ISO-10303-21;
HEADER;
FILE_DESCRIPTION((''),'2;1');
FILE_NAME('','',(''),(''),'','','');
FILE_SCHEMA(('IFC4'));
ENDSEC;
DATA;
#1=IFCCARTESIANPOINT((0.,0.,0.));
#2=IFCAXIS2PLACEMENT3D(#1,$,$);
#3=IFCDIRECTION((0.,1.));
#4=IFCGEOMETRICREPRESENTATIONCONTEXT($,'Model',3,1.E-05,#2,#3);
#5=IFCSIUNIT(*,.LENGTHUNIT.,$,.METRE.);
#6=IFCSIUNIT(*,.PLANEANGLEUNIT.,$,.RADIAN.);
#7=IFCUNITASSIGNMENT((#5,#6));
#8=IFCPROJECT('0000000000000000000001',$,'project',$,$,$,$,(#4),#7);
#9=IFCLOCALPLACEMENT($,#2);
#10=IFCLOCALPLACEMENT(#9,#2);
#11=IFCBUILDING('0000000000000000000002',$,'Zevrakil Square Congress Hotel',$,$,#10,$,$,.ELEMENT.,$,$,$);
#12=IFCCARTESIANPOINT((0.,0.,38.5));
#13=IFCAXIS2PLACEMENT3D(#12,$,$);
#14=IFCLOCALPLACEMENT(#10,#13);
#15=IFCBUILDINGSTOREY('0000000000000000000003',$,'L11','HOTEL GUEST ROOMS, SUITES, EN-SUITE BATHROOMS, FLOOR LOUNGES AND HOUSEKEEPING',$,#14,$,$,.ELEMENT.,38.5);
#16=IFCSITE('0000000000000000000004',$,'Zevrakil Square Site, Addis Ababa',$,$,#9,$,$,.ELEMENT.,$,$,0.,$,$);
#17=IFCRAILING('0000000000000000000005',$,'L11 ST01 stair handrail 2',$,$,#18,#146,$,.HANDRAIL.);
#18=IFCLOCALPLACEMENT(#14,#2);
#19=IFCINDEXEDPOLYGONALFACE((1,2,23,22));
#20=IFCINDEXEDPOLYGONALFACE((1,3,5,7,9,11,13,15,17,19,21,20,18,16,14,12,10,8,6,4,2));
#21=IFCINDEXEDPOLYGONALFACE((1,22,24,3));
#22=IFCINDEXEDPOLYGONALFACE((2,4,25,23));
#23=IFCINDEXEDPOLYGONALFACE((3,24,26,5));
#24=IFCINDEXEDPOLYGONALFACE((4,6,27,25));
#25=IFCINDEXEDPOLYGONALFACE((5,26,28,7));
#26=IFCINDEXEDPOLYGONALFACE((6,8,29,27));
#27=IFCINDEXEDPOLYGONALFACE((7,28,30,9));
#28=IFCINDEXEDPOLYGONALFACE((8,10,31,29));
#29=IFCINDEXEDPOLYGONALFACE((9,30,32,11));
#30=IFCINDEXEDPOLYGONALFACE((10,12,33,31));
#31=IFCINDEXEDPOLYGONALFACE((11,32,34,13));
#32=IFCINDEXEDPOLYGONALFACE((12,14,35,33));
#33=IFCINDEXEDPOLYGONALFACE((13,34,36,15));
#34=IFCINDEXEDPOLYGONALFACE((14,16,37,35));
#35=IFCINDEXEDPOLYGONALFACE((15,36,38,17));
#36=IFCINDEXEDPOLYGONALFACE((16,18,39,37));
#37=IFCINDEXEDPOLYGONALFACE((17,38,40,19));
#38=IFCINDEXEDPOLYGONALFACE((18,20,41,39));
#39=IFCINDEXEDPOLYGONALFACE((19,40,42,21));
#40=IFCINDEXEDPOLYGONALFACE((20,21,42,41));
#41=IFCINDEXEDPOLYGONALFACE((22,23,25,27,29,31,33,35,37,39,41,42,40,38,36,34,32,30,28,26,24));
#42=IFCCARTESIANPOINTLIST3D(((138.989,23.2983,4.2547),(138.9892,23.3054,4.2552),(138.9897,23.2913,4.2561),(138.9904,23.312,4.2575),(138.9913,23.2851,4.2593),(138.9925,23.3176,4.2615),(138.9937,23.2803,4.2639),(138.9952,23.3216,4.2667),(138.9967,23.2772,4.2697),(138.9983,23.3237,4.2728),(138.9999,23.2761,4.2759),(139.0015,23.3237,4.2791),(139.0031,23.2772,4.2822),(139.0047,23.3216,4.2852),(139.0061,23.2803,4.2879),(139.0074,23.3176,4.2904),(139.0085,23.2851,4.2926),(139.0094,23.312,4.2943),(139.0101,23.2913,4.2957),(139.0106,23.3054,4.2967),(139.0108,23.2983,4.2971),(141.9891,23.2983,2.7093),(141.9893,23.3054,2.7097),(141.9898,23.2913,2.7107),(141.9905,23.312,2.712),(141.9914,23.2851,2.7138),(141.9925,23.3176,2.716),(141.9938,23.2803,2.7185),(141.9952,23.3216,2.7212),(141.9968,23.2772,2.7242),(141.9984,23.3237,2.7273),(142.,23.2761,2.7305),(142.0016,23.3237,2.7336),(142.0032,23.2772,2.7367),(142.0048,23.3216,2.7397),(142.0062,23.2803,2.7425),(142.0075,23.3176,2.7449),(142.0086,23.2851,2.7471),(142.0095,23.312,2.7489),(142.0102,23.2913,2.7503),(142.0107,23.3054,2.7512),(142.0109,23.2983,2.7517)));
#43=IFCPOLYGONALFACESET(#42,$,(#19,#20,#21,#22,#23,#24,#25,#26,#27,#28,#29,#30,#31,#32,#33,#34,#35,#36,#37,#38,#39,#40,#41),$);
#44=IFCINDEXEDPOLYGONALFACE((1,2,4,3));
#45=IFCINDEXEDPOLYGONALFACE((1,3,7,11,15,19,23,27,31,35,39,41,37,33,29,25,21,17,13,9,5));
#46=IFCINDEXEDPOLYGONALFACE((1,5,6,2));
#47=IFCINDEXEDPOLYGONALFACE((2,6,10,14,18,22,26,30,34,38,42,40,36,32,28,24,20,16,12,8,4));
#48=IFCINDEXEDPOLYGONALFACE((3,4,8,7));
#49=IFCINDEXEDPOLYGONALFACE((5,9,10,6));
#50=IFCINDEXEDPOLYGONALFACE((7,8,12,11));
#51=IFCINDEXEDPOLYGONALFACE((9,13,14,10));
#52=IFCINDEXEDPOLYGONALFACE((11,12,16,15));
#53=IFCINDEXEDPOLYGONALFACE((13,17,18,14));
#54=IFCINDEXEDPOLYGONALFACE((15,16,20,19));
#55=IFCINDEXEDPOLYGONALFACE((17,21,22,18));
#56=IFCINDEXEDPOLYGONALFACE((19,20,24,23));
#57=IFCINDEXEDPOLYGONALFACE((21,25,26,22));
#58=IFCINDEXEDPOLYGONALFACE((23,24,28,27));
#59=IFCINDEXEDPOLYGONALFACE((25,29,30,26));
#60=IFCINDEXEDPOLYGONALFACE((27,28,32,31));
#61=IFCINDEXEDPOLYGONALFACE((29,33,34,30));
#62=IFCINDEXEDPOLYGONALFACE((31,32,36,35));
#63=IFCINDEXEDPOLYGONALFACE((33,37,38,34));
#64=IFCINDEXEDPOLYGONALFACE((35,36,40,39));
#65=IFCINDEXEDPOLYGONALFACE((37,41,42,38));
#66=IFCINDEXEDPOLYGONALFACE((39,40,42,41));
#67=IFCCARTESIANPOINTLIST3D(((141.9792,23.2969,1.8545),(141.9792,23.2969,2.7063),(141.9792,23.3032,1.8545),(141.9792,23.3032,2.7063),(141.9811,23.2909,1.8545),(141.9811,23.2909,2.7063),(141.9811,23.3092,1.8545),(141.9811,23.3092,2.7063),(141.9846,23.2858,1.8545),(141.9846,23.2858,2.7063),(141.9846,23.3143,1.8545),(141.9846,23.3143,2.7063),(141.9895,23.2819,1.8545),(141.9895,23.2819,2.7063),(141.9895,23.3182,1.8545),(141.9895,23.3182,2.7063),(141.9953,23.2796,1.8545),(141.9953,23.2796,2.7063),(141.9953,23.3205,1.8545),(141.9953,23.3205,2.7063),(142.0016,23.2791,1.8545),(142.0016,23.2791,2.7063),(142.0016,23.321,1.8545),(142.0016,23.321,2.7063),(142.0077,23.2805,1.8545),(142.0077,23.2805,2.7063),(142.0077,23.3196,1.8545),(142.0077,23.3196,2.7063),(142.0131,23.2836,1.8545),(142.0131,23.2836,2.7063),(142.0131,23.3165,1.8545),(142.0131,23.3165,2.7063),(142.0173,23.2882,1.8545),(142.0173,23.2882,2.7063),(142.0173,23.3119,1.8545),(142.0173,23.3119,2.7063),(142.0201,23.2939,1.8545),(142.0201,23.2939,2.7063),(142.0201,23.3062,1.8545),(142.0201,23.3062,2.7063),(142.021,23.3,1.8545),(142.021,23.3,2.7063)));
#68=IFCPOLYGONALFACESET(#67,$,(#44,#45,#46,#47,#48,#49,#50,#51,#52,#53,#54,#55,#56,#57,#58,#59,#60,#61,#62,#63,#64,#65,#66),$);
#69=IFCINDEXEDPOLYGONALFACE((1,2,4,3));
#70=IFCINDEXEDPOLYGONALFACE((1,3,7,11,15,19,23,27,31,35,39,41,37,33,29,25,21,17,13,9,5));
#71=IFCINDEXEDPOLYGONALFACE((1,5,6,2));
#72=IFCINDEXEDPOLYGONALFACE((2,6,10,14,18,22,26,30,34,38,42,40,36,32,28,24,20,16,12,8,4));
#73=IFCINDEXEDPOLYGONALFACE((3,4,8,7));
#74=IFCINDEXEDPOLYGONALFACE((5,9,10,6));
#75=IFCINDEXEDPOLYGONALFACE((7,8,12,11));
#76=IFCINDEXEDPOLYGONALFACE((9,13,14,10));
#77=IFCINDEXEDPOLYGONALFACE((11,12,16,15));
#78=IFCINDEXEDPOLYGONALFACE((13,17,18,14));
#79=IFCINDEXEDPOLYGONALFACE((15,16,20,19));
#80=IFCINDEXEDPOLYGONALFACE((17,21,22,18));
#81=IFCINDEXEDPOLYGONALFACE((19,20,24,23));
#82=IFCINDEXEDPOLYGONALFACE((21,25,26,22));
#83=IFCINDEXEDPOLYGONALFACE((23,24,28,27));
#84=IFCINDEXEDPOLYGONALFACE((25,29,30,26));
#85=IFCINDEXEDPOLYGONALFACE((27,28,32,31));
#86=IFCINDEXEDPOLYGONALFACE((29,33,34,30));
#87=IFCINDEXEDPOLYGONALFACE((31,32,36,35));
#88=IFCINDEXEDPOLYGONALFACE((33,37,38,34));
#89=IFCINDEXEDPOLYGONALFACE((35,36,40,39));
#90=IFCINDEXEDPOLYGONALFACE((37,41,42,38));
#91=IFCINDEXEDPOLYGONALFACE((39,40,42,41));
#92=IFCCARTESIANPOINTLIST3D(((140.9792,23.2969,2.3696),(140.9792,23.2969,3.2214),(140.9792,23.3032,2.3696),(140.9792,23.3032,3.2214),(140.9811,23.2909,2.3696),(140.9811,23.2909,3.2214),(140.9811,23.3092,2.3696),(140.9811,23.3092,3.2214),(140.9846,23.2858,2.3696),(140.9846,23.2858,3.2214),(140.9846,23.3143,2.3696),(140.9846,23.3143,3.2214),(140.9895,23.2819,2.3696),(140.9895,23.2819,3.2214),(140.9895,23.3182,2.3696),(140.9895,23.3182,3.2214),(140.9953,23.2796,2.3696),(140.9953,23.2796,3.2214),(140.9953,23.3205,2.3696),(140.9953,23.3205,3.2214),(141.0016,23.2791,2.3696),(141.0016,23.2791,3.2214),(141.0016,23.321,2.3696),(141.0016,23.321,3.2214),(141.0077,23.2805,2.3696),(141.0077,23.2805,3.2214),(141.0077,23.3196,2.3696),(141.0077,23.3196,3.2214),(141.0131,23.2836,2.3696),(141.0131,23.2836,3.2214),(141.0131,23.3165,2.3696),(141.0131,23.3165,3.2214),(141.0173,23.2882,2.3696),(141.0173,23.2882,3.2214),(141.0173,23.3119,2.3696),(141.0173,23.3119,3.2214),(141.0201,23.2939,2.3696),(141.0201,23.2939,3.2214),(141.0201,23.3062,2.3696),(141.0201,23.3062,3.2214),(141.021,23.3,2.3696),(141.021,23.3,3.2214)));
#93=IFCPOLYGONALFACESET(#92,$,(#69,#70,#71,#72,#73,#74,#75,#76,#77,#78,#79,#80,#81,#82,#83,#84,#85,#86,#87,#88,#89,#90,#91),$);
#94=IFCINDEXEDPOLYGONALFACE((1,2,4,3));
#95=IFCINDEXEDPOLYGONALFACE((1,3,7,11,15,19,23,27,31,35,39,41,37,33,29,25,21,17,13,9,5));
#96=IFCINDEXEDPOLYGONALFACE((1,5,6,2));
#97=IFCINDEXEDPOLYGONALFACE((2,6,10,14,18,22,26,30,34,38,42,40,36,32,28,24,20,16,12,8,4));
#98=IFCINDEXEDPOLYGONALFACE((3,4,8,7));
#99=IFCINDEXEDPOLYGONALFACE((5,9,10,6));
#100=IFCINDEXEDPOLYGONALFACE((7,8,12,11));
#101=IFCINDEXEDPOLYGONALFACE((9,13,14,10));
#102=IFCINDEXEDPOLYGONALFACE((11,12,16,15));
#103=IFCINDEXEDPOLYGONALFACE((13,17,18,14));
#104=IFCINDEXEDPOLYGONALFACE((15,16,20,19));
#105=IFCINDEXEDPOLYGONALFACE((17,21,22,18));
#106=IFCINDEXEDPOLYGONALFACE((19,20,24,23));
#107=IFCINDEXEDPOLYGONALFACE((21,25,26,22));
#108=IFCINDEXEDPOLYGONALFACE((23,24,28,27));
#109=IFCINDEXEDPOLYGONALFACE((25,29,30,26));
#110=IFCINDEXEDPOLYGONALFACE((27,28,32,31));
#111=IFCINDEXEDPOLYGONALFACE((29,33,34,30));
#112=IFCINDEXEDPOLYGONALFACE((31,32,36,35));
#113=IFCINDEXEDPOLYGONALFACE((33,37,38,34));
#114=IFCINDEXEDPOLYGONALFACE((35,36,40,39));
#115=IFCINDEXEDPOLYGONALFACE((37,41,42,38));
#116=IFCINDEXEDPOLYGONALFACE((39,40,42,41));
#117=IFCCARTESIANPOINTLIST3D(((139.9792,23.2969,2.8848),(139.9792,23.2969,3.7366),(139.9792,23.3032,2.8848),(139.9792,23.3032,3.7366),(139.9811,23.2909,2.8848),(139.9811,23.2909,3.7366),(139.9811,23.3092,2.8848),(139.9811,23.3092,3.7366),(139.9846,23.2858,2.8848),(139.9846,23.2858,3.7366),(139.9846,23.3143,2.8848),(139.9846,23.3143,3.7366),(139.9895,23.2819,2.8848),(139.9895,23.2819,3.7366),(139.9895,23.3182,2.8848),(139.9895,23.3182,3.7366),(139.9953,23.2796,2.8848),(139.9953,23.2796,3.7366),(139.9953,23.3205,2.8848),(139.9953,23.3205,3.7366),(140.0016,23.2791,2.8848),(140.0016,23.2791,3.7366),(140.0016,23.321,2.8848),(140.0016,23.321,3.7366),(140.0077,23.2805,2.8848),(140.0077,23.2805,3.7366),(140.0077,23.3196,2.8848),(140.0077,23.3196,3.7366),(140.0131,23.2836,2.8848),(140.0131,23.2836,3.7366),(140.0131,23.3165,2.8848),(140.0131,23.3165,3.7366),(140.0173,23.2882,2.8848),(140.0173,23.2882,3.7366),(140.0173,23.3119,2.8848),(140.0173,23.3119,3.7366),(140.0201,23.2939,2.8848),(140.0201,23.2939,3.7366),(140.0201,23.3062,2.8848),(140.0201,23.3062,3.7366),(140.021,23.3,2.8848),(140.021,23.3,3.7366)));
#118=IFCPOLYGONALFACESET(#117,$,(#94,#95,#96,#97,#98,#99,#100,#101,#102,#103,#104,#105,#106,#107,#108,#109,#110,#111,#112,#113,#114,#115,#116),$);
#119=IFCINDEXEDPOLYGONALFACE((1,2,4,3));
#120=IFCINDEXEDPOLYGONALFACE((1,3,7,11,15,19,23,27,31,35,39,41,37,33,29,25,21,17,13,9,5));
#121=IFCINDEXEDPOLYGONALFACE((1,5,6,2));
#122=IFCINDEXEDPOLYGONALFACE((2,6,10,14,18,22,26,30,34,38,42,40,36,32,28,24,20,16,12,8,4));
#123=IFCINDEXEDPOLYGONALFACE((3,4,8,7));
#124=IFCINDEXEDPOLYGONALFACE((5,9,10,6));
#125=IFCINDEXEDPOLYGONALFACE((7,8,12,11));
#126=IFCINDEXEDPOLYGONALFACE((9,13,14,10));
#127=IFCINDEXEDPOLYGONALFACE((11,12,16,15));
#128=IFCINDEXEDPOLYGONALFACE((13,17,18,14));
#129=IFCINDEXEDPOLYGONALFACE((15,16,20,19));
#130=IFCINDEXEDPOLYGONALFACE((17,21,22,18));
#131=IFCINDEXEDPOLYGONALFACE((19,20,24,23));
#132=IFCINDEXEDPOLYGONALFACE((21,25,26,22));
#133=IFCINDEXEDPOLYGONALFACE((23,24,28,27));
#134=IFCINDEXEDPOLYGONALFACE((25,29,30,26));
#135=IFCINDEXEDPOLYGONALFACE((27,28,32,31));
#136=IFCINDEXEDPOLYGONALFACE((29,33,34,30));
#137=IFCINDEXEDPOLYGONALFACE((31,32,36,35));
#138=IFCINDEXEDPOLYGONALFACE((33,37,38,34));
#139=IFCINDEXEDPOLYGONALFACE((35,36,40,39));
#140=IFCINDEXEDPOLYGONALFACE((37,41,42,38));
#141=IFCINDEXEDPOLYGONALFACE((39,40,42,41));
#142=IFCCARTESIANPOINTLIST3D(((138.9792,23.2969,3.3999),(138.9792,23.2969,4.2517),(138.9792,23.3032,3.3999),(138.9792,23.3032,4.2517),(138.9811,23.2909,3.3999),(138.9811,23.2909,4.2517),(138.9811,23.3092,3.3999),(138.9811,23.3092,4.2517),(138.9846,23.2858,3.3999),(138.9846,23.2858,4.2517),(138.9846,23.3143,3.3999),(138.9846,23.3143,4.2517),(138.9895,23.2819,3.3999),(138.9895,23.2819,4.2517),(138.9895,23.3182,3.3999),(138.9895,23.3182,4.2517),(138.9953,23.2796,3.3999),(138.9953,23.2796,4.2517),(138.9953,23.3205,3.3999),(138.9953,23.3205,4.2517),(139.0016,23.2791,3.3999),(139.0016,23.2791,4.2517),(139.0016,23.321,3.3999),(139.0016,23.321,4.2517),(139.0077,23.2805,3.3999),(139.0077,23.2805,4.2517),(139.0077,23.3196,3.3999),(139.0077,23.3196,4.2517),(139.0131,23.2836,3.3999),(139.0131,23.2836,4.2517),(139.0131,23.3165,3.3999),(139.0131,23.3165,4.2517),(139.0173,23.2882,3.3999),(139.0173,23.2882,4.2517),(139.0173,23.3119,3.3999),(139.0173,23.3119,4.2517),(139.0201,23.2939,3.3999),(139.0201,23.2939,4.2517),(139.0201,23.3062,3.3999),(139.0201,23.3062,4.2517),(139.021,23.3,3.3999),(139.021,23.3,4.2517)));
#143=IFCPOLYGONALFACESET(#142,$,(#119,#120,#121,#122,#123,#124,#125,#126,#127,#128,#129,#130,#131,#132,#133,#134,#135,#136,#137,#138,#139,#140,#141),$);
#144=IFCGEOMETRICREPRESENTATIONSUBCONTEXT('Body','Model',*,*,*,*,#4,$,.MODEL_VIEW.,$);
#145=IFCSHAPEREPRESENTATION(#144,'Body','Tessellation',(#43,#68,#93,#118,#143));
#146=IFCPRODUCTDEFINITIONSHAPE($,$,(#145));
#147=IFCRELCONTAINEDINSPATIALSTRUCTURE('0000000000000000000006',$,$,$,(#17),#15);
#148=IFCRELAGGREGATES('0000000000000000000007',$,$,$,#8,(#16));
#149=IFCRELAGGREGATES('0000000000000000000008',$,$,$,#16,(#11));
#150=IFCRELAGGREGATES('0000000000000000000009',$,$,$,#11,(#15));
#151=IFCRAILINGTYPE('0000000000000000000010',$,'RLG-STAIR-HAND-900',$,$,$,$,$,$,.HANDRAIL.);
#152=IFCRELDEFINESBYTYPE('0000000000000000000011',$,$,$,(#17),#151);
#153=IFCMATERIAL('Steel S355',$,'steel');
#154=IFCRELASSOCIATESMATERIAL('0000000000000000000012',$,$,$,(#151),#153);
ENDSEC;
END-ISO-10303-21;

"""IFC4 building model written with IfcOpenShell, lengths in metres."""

from ifc_helpers import new_model, si_unit, direction, frame, origin, origin_2d, place, context, subcontext, project, spatial, circle, extrude, material, type_object, element, save


model = new_model("IFC4")

# Units and contexts
model_context = context("Model", 3, precision=1e-05, world=origin(), true_north=direction((0.0, 1.0)))
body_context = subcontext(model_context, "Body", "Model", "MODEL_VIEW")
ifc_project = project(units=[si_unit("LENGTHUNIT", "METRE"), si_unit("PLANEANGLEUNIT", "RADIAN")], contexts=[model_context])

# Site, building, storey
site_placement = place(None, origin())
site = spatial("IfcSite", under=ifc_project, at=site_placement, Name="Zevrakil Square Site, Addis Ababa", CompositionType="ELEMENT", RefElevation=0.0)
building_placement = place(site_placement, origin())
building = spatial("IfcBuilding", under=site, at=building_placement, Name="Zevrakil Square Congress Hotel", CompositionType="ELEMENT")
storey_placement = place(building_placement, frame((0.0, 0.0, 38.5)))
storey = spatial("IfcBuildingStorey", under=building, at=storey_placement, Name="L11", Description="HOTEL GUEST ROOMS, SUITES, EN-SUITE BATHROOMS, FLOOR LOUNGES AND HOUSEKEEPING", CompositionType="ELEMENT", Elevation=38.5)

# Railing
ifc_material_1 = material(Name="Steel S355", Category="steel")
railing_type_1 = type_object("IfcRailingType", Name="RLG-STAIR-HAND-900", PredefinedType="HANDRAIL", material=ifc_material_1)
railing_1_placement = place(storey_placement, frame((142.0, 23.3, 1.8545)))
element("IfcRailing", 1, at=railing_1_placement, inside=storey, type_object=railing_type_1, Name="L11 ST01 stair handrail 2", PredefinedType="HANDRAIL", context=body_context, shape_type="SweptSolid", body=[
    extrude(circle(Radius=0.0239, at=origin_2d()), frame((0.0, 0.0, 0.876), z_axis=(-0.88898, 0.0, 0.457946), x_axis=(0.0, -1.0, 0.0)), (0.0, 0.0, 1.0), 3.3748),
    extrude(circle(Radius=0.021, at=origin_2d()), origin(), (0.0, 0.0, 1.0), 0.8518),
    extrude(circle(Radius=0.021, at=origin_2d()), frame((-1.0, 0.0, 0.5151)), (0.0, 0.0, 1.0), 0.8518),
    extrude(circle(Radius=0.021, at=origin_2d()), frame((-2.0, 0.0, 1.0303)), (0.0, 0.0, 1.0), 0.8518),
    extrude(circle(Radius=0.021, at=origin_2d()), frame((-3.0, 0.0, 1.5454)), (0.0, 0.0, 1.0), 0.8518),
])

save(model, "model.ifc")
